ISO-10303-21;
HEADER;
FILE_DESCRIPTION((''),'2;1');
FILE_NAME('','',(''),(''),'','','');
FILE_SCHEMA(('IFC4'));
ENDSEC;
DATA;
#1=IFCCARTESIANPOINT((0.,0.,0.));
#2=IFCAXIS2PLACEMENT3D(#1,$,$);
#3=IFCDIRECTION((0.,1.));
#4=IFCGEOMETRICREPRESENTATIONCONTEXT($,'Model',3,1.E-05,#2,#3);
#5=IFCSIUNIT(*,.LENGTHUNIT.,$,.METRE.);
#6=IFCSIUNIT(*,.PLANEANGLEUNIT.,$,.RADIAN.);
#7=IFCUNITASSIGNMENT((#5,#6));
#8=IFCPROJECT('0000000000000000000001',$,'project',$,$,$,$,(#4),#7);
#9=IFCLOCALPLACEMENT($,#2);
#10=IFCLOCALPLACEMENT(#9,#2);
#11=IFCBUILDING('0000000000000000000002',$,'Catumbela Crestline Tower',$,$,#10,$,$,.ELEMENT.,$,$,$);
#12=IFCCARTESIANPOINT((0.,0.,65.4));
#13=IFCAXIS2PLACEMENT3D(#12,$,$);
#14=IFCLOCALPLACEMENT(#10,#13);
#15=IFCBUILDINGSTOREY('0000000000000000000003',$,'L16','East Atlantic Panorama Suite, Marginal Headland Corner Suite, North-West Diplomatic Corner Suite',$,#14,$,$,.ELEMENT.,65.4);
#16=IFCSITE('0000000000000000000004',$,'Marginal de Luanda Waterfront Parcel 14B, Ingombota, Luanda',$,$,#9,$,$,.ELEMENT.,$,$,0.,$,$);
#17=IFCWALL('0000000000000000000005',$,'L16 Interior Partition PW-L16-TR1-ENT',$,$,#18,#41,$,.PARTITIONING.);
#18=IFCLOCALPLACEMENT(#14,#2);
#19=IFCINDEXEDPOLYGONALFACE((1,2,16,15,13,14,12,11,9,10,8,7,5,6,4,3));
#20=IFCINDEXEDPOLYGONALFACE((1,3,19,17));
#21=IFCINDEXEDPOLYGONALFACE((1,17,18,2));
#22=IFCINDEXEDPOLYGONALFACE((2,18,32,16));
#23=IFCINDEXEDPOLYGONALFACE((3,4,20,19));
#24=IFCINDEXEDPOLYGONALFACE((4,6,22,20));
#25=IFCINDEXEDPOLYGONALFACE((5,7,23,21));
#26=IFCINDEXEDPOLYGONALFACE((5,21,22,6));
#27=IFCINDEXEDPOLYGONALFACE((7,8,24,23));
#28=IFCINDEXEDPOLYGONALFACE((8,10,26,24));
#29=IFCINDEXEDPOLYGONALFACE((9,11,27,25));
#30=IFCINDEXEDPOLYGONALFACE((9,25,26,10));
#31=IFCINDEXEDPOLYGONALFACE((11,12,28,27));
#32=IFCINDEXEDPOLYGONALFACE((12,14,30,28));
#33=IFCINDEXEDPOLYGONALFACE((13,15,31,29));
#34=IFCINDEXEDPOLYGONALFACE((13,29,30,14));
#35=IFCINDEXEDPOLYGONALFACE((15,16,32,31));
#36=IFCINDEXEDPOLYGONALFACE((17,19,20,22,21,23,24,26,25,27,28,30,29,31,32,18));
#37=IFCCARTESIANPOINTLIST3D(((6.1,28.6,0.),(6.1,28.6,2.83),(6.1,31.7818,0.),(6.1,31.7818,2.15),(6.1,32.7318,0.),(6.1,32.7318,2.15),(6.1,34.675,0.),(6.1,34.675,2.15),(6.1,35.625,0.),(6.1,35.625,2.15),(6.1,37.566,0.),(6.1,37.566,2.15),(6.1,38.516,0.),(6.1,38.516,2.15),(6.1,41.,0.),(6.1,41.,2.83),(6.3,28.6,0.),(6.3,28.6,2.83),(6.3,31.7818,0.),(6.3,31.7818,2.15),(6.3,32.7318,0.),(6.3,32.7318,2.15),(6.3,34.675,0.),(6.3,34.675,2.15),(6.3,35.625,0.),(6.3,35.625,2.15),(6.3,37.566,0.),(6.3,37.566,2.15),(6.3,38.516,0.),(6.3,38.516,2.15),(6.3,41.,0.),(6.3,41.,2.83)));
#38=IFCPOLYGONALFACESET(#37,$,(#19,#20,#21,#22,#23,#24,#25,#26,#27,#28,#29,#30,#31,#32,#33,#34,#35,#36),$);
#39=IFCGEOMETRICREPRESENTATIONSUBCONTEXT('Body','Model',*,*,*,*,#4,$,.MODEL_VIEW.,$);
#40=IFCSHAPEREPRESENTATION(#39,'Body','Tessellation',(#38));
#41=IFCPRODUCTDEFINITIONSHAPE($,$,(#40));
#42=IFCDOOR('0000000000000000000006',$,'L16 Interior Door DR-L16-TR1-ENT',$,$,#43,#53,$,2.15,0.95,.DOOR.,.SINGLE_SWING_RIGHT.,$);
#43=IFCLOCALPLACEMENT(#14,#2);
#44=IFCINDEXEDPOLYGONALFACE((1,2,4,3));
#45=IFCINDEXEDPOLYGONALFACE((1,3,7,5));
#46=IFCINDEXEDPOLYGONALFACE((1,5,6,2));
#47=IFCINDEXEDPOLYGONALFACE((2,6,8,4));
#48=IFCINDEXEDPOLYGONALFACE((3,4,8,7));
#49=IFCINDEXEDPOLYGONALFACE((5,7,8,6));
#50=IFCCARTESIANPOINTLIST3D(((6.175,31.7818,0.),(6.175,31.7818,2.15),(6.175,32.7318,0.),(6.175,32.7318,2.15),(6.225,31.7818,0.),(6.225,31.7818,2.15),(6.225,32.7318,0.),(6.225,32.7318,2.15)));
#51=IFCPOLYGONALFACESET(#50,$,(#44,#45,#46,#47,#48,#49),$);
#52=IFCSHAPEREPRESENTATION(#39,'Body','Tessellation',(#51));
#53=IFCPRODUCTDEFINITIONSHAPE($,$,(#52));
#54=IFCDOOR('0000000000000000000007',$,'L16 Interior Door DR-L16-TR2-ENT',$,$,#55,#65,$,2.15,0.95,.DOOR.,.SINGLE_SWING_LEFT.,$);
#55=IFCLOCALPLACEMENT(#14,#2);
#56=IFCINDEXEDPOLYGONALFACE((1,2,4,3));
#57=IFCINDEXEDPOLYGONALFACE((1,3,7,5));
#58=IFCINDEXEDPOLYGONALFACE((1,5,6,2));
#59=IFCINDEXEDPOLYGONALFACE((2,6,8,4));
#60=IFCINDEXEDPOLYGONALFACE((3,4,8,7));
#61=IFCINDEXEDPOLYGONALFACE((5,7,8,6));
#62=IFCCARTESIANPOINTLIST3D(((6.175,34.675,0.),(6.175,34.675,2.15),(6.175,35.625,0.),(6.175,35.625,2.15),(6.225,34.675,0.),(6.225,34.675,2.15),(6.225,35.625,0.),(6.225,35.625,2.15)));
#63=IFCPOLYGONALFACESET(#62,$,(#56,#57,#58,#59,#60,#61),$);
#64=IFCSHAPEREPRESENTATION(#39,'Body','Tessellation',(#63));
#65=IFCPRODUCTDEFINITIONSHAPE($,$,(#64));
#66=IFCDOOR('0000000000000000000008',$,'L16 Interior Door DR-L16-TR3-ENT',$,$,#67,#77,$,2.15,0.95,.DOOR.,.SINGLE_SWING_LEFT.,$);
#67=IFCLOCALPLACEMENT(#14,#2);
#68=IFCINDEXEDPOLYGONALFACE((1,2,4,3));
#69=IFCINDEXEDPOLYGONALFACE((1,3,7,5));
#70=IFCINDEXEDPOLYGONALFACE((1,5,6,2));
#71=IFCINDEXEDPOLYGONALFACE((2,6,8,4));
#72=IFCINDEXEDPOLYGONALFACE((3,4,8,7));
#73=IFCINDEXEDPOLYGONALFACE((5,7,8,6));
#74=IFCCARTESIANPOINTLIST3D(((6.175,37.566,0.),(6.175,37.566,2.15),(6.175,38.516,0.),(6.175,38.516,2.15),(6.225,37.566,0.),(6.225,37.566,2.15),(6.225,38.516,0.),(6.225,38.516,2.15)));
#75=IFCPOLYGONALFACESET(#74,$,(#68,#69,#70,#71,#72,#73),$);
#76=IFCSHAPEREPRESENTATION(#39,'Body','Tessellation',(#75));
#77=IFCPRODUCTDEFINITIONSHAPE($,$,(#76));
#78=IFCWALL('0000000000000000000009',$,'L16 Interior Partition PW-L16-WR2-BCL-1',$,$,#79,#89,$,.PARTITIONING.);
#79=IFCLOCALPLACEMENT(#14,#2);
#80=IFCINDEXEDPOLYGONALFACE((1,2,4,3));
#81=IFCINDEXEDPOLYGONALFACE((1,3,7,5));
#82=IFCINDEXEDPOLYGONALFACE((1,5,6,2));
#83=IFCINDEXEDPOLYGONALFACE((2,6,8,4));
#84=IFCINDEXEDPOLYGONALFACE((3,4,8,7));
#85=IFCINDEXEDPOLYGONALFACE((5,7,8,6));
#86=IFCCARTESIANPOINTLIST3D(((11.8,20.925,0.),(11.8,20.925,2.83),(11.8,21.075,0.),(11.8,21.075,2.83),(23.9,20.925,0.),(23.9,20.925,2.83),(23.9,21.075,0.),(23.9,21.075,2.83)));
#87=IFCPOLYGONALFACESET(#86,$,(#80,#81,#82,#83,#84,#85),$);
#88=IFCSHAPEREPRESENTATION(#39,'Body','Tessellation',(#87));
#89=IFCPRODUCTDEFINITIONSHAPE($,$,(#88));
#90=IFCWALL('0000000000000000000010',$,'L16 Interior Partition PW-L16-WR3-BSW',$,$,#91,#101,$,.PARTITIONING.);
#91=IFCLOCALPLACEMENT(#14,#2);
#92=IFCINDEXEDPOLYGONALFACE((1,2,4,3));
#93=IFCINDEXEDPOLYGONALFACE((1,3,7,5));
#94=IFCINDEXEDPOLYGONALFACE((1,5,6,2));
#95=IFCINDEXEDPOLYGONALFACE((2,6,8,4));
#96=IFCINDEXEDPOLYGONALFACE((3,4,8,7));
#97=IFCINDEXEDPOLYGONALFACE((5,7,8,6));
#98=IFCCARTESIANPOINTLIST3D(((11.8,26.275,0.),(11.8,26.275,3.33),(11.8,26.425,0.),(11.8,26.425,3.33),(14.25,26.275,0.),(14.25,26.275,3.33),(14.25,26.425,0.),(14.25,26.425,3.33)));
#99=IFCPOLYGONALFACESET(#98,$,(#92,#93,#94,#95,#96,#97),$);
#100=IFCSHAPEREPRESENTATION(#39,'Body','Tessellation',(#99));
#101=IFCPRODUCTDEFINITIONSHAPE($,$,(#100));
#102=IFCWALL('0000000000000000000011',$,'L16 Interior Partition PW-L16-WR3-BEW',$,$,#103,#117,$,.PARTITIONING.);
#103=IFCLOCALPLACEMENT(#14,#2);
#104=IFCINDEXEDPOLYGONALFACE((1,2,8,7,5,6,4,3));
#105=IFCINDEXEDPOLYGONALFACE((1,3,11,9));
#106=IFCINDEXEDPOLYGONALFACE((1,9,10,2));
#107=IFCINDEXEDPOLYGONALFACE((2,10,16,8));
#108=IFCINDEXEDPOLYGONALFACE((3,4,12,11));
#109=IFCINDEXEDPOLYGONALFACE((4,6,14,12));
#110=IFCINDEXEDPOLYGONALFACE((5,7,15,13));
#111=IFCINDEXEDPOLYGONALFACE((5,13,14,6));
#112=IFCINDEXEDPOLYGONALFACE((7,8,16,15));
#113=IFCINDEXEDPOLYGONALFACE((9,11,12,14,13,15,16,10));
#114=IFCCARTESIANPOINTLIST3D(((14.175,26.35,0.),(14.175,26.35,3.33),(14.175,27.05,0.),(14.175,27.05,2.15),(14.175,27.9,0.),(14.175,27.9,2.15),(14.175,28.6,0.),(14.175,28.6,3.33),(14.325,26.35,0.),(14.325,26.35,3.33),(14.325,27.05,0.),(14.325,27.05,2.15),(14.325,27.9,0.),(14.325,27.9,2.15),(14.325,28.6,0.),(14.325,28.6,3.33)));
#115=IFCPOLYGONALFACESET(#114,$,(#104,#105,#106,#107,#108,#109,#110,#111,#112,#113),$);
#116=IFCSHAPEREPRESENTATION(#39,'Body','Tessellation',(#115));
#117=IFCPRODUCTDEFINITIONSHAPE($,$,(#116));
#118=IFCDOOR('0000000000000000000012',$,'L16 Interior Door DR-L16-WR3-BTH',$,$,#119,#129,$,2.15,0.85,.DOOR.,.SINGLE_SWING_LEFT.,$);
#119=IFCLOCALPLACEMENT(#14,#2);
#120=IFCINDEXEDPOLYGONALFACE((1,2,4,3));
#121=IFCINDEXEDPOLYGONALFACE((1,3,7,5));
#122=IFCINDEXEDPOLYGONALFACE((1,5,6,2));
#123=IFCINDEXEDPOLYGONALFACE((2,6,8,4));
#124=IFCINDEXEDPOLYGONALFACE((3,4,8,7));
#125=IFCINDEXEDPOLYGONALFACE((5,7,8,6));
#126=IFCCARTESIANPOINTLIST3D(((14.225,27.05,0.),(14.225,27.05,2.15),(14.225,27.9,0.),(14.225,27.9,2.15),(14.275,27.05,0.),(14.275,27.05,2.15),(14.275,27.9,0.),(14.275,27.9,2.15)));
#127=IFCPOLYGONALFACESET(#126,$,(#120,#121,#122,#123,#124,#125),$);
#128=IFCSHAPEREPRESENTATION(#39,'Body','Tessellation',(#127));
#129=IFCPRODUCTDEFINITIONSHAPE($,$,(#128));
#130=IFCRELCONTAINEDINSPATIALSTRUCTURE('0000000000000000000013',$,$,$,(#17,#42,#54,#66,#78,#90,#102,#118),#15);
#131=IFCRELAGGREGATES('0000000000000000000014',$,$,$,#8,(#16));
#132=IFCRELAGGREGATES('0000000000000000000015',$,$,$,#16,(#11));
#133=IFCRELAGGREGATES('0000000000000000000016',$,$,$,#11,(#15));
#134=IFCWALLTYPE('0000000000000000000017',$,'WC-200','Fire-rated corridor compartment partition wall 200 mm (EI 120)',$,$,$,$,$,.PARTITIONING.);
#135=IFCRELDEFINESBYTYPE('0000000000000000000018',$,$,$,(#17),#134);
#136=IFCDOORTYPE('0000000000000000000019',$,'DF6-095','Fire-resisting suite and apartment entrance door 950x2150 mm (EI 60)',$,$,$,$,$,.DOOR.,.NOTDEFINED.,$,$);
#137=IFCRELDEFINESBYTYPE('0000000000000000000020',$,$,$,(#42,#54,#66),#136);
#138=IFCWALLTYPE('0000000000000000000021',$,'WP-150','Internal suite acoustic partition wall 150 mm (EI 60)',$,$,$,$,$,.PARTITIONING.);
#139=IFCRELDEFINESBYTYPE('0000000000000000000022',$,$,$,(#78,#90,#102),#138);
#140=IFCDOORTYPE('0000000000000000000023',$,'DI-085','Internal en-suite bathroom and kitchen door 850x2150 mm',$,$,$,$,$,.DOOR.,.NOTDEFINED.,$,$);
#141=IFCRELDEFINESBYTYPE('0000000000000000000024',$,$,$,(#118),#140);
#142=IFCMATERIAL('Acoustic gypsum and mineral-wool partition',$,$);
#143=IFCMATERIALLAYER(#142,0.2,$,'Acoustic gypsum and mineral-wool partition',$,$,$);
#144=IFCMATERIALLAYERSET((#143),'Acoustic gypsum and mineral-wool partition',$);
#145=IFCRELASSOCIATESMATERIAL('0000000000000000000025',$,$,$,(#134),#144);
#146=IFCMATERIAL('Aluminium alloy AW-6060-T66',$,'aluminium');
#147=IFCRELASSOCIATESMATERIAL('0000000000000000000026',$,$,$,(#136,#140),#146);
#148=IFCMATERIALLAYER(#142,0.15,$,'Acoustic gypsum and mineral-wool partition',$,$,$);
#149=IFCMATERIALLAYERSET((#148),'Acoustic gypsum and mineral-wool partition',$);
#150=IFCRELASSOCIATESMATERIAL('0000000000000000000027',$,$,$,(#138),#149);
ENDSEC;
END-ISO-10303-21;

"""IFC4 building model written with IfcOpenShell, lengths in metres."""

from ifc_helpers import new_model, si_unit, direction, frame, frame_2d, origin, place, context, subcontext, project, spatial, rectangle, extrude, material, layer, layer_set, type_object, element, fill, save


model = new_model("IFC4")

# Units and contexts
model_context = context("Model", 3, precision=1e-05, world=origin(), true_north=direction((0.0, 1.0)))
body_context = subcontext(model_context, "Body", "Model", "MODEL_VIEW")
ifc_project = project(units=[si_unit("LENGTHUNIT", "METRE"), si_unit("PLANEANGLEUNIT", "RADIAN")], contexts=[model_context])

# Site, building, storey
site_placement = place(None, origin())
site = spatial("IfcSite", under=ifc_project, at=site_placement, Name="Marginal de Luanda Waterfront Parcel 14B, Ingombota, Luanda", CompositionType="ELEMENT", RefElevation=0.0)
building_placement = place(site_placement, origin())
building = spatial("IfcBuilding", under=site, at=building_placement, Name="Catumbela Crestline Tower", CompositionType="ELEMENT")
storey_placement = place(building_placement, frame((0.0, 0.0, 65.4)))
storey = spatial("IfcBuildingStorey", under=building, at=storey_placement, Name="L16", Description="East Atlantic Panorama Suite, Marginal Headland Corner Suite, North-West Diplomatic Corner Suite", CompositionType="ELEMENT", Elevation=65.4)

# Wall, openings, doors
ifc_material_1 = material(Name="Acoustic gypsum and mineral-wool partition")
ifc_layer_1 = layer(ifc_material_1, 0.2, Name="Acoustic gypsum and mineral-wool partition")
ifc_layer_set_1 = layer_set([ifc_layer_1], Name="Acoustic gypsum and mineral-wool partition")
wall_type_1 = type_object("IfcWallType", Name="WC-200", Description="Fire-rated corridor compartment partition wall 200 mm (EI 120)", PredefinedType="PARTITIONING", material=ifc_layer_set_1)
ifc_material_2 = material(Name="Aluminium alloy AW-6060-T66", Category="aluminium")
door_type_1 = type_object("IfcDoorType", Name="DF6-095", Description="Fire-resisting suite and apartment entrance door 950x2150 mm (EI 60)", OperationType="NOTDEFINED", PredefinedType="DOOR", material=ifc_material_2)
wall_1_placement = place(storey_placement, frame((6.2, 28.6, 0.0), z_axis=(0.0, 0.0, 1.0), x_axis=(0.0, 1.0, 0.0)))
wall_1 = element("IfcWall", 1, at=wall_1_placement, inside=storey, type_object=wall_type_1, Name="L16 Interior Partition PW-L16-TR1-ENT", PredefinedType="PARTITIONING", context=body_context, shape_type="SweptSolid", body=[
    extrude(rectangle(XDim=12.4, YDim=0.2, at=frame_2d((6.2, 0.0))), origin(), (0.0, 0.0, 1.0), 2.83),
])
opening_1_placement = place(wall_1_placement, frame((3.1818, 0.0, 0.0)))
opening_1 = element("IfcOpeningElement", 2, at=opening_1_placement, cuts=wall_1, PredefinedType="OPENING", context=body_context, shape_type="SweptSolid", body=[
    extrude(rectangle(XDim=0.95, YDim=2.15, at=frame_2d((0.475, 1.075))), frame((0.0, 0.11, 0.0), z_axis=(0.0, -1.0, 0.0), x_axis=(1.0, 0.0, 0.0)), (0.0, 0.0, 1.0), 0.22),
])
opening_2_placement = place(wall_1_placement, frame((6.075, 0.0, 0.0)))
opening_2 = element("IfcOpeningElement", 3, at=opening_2_placement, cuts=wall_1, PredefinedType="OPENING", context=body_context, shape_type="SweptSolid", body=[
    extrude(rectangle(XDim=0.95, YDim=2.15, at=frame_2d((0.475, 1.075))), frame((0.0, 0.11, 0.0), z_axis=(0.0, -1.0, 0.0), x_axis=(1.0, 0.0, 0.0)), (0.0, 0.0, 1.0), 0.22),
])
opening_3_placement = place(wall_1_placement, frame((8.966, 0.0, 0.0)))
opening_3 = element("IfcOpeningElement", 4, at=opening_3_placement, cuts=wall_1, PredefinedType="OPENING", context=body_context, shape_type="SweptSolid", body=[
    extrude(rectangle(XDim=0.95, YDim=2.15, at=frame_2d((0.475, 1.075))), frame((0.0, 0.11, 0.0), z_axis=(0.0, -1.0, 0.0), x_axis=(1.0, 0.0, 0.0)), (0.0, 0.0, 1.0), 0.22),
])
door_1_placement = place(opening_1_placement, origin())
door_1 = element("IfcDoor", 5, at=door_1_placement, inside=storey, type_object=door_type_1, Name="L16 Interior Door DR-L16-TR1-ENT", OperationType="SINGLE_SWING_RIGHT", OverallHeight=2.15, OverallWidth=0.95, PredefinedType="DOOR", context=body_context, shape_type="SweptSolid", body=[
    extrude(rectangle(XDim=0.95, YDim=2.15, at=frame_2d((0.475, 1.075))), frame((0.0, 0.025, 0.0), z_axis=(0.0, -1.0, 0.0), x_axis=(1.0, 0.0, 0.0)), (0.0, 0.0, 1.0), 0.05),
])
fill(opening_1, door_1)
door_2_placement = place(opening_2_placement, origin())
door_2 = element("IfcDoor", 6, at=door_2_placement, inside=storey, type_object=door_type_1, Name="L16 Interior Door DR-L16-TR2-ENT", OperationType="SINGLE_SWING_LEFT", OverallHeight=2.15, OverallWidth=0.95, PredefinedType="DOOR", context=body_context, shape_type="SweptSolid", body=[
    extrude(rectangle(XDim=0.95, YDim=2.15, at=frame_2d((0.475, 1.075))), frame((0.0, 0.025, 0.0), z_axis=(0.0, -1.0, 0.0), x_axis=(1.0, 0.0, 0.0)), (0.0, 0.0, 1.0), 0.05),
])
fill(opening_2, door_2)
door_3_placement = place(opening_3_placement, origin())
door_3 = element("IfcDoor", 7, at=door_3_placement, inside=storey, type_object=door_type_1, Name="L16 Interior Door DR-L16-TR3-ENT", OperationType="SINGLE_SWING_LEFT", OverallHeight=2.15, OverallWidth=0.95, PredefinedType="DOOR", context=body_context, shape_type="SweptSolid", body=[
    extrude(rectangle(XDim=0.95, YDim=2.15, at=frame_2d((0.475, 1.075))), frame((0.0, 0.025, 0.0), z_axis=(0.0, -1.0, 0.0), x_axis=(1.0, 0.0, 0.0)), (0.0, 0.0, 1.0), 0.05),
])
fill(opening_3, door_3)

# Walls
ifc_layer_2 = layer(ifc_material_1, 0.15, Name="Acoustic gypsum and mineral-wool partition")
ifc_layer_set_2 = layer_set([ifc_layer_2], Name="Acoustic gypsum and mineral-wool partition")
wall_type_2 = type_object("IfcWallType", Name="WP-150", Description="Internal suite acoustic partition wall 150 mm (EI 60)", PredefinedType="PARTITIONING", material=ifc_layer_set_2)
wall_2_placement = place(storey_placement, frame((11.8, 21.0, 0.0), z_axis=(0.0, 0.0, 1.0), x_axis=(1.0, 0.0, 0.0)))
element("IfcWall", 8, at=wall_2_placement, inside=storey, type_object=wall_type_2, Name="L16 Interior Partition PW-L16-WR2-BCL-1", PredefinedType="PARTITIONING", context=body_context, shape_type="SweptSolid", body=[
    extrude(rectangle(XDim=12.1, YDim=0.15, at=frame_2d((6.05, 0.0))), origin(), (0.0, 0.0, 1.0), 2.83),
])
wall_3_placement = place(storey_placement, frame((11.8, 26.35, 0.0), z_axis=(0.0, 0.0, 1.0), x_axis=(1.0, 0.0, 0.0)))
element("IfcWall", 9, at=wall_3_placement, inside=storey, type_object=wall_type_2, Name="L16 Interior Partition PW-L16-WR3-BSW", PredefinedType="PARTITIONING", context=body_context, shape_type="SweptSolid", body=[
    extrude(rectangle(XDim=2.45, YDim=0.15, at=frame_2d((1.225, 0.0))), origin(), (0.0, 0.0, 1.0), 3.33),
])

# Wall, opening, door
wall_4_placement = place(storey_placement, frame((14.25, 26.35, 0.0), z_axis=(0.0, 0.0, 1.0), x_axis=(0.0, 1.0, 0.0)))
wall_4 = element("IfcWall", 10, at=wall_4_placement, inside=storey, type_object=wall_type_2, Name="L16 Interior Partition PW-L16-WR3-BEW", PredefinedType="PARTITIONING", context=body_context, shape_type="SweptSolid", body=[
    extrude(rectangle(XDim=2.25, YDim=0.15, at=frame_2d((1.125, 0.0))), origin(), (0.0, 0.0, 1.0), 3.33),
])
opening_4_placement = place(wall_4_placement, frame((0.7, 0.0, 0.0)))
opening_4 = element("IfcOpeningElement", 11, at=opening_4_placement, cuts=wall_4, PredefinedType="OPENING", context=body_context, shape_type="SweptSolid", body=[
    extrude(rectangle(XDim=0.85, YDim=2.15, at=frame_2d((0.425, 1.075))), frame((0.0, 0.085, 0.0), z_axis=(0.0, -1.0, 0.0), x_axis=(1.0, 0.0, 0.0)), (0.0, 0.0, 1.0), 0.17),
])
door_type_2 = type_object("IfcDoorType", Name="DI-085", Description="Internal en-suite bathroom and kitchen door 850x2150 mm", OperationType="NOTDEFINED", PredefinedType="DOOR", material=ifc_material_2)
door_4_placement = place(opening_4_placement, origin())
door_4 = element("IfcDoor", 12, at=door_4_placement, inside=storey, type_object=door_type_2, Name="L16 Interior Door DR-L16-WR3-BTH", OperationType="SINGLE_SWING_LEFT", OverallHeight=2.15, OverallWidth=0.85, PredefinedType="DOOR", context=body_context, shape_type="SweptSolid", body=[
    extrude(rectangle(XDim=0.85, YDim=2.15, at=frame_2d((0.425, 1.075))), frame((0.0, 0.025, 0.0), z_axis=(0.0, -1.0, 0.0), x_axis=(1.0, 0.0, 0.0)), (0.0, 0.0, 1.0), 0.05),
])
fill(opening_4, door_4)

save(model, "model.ifc")
